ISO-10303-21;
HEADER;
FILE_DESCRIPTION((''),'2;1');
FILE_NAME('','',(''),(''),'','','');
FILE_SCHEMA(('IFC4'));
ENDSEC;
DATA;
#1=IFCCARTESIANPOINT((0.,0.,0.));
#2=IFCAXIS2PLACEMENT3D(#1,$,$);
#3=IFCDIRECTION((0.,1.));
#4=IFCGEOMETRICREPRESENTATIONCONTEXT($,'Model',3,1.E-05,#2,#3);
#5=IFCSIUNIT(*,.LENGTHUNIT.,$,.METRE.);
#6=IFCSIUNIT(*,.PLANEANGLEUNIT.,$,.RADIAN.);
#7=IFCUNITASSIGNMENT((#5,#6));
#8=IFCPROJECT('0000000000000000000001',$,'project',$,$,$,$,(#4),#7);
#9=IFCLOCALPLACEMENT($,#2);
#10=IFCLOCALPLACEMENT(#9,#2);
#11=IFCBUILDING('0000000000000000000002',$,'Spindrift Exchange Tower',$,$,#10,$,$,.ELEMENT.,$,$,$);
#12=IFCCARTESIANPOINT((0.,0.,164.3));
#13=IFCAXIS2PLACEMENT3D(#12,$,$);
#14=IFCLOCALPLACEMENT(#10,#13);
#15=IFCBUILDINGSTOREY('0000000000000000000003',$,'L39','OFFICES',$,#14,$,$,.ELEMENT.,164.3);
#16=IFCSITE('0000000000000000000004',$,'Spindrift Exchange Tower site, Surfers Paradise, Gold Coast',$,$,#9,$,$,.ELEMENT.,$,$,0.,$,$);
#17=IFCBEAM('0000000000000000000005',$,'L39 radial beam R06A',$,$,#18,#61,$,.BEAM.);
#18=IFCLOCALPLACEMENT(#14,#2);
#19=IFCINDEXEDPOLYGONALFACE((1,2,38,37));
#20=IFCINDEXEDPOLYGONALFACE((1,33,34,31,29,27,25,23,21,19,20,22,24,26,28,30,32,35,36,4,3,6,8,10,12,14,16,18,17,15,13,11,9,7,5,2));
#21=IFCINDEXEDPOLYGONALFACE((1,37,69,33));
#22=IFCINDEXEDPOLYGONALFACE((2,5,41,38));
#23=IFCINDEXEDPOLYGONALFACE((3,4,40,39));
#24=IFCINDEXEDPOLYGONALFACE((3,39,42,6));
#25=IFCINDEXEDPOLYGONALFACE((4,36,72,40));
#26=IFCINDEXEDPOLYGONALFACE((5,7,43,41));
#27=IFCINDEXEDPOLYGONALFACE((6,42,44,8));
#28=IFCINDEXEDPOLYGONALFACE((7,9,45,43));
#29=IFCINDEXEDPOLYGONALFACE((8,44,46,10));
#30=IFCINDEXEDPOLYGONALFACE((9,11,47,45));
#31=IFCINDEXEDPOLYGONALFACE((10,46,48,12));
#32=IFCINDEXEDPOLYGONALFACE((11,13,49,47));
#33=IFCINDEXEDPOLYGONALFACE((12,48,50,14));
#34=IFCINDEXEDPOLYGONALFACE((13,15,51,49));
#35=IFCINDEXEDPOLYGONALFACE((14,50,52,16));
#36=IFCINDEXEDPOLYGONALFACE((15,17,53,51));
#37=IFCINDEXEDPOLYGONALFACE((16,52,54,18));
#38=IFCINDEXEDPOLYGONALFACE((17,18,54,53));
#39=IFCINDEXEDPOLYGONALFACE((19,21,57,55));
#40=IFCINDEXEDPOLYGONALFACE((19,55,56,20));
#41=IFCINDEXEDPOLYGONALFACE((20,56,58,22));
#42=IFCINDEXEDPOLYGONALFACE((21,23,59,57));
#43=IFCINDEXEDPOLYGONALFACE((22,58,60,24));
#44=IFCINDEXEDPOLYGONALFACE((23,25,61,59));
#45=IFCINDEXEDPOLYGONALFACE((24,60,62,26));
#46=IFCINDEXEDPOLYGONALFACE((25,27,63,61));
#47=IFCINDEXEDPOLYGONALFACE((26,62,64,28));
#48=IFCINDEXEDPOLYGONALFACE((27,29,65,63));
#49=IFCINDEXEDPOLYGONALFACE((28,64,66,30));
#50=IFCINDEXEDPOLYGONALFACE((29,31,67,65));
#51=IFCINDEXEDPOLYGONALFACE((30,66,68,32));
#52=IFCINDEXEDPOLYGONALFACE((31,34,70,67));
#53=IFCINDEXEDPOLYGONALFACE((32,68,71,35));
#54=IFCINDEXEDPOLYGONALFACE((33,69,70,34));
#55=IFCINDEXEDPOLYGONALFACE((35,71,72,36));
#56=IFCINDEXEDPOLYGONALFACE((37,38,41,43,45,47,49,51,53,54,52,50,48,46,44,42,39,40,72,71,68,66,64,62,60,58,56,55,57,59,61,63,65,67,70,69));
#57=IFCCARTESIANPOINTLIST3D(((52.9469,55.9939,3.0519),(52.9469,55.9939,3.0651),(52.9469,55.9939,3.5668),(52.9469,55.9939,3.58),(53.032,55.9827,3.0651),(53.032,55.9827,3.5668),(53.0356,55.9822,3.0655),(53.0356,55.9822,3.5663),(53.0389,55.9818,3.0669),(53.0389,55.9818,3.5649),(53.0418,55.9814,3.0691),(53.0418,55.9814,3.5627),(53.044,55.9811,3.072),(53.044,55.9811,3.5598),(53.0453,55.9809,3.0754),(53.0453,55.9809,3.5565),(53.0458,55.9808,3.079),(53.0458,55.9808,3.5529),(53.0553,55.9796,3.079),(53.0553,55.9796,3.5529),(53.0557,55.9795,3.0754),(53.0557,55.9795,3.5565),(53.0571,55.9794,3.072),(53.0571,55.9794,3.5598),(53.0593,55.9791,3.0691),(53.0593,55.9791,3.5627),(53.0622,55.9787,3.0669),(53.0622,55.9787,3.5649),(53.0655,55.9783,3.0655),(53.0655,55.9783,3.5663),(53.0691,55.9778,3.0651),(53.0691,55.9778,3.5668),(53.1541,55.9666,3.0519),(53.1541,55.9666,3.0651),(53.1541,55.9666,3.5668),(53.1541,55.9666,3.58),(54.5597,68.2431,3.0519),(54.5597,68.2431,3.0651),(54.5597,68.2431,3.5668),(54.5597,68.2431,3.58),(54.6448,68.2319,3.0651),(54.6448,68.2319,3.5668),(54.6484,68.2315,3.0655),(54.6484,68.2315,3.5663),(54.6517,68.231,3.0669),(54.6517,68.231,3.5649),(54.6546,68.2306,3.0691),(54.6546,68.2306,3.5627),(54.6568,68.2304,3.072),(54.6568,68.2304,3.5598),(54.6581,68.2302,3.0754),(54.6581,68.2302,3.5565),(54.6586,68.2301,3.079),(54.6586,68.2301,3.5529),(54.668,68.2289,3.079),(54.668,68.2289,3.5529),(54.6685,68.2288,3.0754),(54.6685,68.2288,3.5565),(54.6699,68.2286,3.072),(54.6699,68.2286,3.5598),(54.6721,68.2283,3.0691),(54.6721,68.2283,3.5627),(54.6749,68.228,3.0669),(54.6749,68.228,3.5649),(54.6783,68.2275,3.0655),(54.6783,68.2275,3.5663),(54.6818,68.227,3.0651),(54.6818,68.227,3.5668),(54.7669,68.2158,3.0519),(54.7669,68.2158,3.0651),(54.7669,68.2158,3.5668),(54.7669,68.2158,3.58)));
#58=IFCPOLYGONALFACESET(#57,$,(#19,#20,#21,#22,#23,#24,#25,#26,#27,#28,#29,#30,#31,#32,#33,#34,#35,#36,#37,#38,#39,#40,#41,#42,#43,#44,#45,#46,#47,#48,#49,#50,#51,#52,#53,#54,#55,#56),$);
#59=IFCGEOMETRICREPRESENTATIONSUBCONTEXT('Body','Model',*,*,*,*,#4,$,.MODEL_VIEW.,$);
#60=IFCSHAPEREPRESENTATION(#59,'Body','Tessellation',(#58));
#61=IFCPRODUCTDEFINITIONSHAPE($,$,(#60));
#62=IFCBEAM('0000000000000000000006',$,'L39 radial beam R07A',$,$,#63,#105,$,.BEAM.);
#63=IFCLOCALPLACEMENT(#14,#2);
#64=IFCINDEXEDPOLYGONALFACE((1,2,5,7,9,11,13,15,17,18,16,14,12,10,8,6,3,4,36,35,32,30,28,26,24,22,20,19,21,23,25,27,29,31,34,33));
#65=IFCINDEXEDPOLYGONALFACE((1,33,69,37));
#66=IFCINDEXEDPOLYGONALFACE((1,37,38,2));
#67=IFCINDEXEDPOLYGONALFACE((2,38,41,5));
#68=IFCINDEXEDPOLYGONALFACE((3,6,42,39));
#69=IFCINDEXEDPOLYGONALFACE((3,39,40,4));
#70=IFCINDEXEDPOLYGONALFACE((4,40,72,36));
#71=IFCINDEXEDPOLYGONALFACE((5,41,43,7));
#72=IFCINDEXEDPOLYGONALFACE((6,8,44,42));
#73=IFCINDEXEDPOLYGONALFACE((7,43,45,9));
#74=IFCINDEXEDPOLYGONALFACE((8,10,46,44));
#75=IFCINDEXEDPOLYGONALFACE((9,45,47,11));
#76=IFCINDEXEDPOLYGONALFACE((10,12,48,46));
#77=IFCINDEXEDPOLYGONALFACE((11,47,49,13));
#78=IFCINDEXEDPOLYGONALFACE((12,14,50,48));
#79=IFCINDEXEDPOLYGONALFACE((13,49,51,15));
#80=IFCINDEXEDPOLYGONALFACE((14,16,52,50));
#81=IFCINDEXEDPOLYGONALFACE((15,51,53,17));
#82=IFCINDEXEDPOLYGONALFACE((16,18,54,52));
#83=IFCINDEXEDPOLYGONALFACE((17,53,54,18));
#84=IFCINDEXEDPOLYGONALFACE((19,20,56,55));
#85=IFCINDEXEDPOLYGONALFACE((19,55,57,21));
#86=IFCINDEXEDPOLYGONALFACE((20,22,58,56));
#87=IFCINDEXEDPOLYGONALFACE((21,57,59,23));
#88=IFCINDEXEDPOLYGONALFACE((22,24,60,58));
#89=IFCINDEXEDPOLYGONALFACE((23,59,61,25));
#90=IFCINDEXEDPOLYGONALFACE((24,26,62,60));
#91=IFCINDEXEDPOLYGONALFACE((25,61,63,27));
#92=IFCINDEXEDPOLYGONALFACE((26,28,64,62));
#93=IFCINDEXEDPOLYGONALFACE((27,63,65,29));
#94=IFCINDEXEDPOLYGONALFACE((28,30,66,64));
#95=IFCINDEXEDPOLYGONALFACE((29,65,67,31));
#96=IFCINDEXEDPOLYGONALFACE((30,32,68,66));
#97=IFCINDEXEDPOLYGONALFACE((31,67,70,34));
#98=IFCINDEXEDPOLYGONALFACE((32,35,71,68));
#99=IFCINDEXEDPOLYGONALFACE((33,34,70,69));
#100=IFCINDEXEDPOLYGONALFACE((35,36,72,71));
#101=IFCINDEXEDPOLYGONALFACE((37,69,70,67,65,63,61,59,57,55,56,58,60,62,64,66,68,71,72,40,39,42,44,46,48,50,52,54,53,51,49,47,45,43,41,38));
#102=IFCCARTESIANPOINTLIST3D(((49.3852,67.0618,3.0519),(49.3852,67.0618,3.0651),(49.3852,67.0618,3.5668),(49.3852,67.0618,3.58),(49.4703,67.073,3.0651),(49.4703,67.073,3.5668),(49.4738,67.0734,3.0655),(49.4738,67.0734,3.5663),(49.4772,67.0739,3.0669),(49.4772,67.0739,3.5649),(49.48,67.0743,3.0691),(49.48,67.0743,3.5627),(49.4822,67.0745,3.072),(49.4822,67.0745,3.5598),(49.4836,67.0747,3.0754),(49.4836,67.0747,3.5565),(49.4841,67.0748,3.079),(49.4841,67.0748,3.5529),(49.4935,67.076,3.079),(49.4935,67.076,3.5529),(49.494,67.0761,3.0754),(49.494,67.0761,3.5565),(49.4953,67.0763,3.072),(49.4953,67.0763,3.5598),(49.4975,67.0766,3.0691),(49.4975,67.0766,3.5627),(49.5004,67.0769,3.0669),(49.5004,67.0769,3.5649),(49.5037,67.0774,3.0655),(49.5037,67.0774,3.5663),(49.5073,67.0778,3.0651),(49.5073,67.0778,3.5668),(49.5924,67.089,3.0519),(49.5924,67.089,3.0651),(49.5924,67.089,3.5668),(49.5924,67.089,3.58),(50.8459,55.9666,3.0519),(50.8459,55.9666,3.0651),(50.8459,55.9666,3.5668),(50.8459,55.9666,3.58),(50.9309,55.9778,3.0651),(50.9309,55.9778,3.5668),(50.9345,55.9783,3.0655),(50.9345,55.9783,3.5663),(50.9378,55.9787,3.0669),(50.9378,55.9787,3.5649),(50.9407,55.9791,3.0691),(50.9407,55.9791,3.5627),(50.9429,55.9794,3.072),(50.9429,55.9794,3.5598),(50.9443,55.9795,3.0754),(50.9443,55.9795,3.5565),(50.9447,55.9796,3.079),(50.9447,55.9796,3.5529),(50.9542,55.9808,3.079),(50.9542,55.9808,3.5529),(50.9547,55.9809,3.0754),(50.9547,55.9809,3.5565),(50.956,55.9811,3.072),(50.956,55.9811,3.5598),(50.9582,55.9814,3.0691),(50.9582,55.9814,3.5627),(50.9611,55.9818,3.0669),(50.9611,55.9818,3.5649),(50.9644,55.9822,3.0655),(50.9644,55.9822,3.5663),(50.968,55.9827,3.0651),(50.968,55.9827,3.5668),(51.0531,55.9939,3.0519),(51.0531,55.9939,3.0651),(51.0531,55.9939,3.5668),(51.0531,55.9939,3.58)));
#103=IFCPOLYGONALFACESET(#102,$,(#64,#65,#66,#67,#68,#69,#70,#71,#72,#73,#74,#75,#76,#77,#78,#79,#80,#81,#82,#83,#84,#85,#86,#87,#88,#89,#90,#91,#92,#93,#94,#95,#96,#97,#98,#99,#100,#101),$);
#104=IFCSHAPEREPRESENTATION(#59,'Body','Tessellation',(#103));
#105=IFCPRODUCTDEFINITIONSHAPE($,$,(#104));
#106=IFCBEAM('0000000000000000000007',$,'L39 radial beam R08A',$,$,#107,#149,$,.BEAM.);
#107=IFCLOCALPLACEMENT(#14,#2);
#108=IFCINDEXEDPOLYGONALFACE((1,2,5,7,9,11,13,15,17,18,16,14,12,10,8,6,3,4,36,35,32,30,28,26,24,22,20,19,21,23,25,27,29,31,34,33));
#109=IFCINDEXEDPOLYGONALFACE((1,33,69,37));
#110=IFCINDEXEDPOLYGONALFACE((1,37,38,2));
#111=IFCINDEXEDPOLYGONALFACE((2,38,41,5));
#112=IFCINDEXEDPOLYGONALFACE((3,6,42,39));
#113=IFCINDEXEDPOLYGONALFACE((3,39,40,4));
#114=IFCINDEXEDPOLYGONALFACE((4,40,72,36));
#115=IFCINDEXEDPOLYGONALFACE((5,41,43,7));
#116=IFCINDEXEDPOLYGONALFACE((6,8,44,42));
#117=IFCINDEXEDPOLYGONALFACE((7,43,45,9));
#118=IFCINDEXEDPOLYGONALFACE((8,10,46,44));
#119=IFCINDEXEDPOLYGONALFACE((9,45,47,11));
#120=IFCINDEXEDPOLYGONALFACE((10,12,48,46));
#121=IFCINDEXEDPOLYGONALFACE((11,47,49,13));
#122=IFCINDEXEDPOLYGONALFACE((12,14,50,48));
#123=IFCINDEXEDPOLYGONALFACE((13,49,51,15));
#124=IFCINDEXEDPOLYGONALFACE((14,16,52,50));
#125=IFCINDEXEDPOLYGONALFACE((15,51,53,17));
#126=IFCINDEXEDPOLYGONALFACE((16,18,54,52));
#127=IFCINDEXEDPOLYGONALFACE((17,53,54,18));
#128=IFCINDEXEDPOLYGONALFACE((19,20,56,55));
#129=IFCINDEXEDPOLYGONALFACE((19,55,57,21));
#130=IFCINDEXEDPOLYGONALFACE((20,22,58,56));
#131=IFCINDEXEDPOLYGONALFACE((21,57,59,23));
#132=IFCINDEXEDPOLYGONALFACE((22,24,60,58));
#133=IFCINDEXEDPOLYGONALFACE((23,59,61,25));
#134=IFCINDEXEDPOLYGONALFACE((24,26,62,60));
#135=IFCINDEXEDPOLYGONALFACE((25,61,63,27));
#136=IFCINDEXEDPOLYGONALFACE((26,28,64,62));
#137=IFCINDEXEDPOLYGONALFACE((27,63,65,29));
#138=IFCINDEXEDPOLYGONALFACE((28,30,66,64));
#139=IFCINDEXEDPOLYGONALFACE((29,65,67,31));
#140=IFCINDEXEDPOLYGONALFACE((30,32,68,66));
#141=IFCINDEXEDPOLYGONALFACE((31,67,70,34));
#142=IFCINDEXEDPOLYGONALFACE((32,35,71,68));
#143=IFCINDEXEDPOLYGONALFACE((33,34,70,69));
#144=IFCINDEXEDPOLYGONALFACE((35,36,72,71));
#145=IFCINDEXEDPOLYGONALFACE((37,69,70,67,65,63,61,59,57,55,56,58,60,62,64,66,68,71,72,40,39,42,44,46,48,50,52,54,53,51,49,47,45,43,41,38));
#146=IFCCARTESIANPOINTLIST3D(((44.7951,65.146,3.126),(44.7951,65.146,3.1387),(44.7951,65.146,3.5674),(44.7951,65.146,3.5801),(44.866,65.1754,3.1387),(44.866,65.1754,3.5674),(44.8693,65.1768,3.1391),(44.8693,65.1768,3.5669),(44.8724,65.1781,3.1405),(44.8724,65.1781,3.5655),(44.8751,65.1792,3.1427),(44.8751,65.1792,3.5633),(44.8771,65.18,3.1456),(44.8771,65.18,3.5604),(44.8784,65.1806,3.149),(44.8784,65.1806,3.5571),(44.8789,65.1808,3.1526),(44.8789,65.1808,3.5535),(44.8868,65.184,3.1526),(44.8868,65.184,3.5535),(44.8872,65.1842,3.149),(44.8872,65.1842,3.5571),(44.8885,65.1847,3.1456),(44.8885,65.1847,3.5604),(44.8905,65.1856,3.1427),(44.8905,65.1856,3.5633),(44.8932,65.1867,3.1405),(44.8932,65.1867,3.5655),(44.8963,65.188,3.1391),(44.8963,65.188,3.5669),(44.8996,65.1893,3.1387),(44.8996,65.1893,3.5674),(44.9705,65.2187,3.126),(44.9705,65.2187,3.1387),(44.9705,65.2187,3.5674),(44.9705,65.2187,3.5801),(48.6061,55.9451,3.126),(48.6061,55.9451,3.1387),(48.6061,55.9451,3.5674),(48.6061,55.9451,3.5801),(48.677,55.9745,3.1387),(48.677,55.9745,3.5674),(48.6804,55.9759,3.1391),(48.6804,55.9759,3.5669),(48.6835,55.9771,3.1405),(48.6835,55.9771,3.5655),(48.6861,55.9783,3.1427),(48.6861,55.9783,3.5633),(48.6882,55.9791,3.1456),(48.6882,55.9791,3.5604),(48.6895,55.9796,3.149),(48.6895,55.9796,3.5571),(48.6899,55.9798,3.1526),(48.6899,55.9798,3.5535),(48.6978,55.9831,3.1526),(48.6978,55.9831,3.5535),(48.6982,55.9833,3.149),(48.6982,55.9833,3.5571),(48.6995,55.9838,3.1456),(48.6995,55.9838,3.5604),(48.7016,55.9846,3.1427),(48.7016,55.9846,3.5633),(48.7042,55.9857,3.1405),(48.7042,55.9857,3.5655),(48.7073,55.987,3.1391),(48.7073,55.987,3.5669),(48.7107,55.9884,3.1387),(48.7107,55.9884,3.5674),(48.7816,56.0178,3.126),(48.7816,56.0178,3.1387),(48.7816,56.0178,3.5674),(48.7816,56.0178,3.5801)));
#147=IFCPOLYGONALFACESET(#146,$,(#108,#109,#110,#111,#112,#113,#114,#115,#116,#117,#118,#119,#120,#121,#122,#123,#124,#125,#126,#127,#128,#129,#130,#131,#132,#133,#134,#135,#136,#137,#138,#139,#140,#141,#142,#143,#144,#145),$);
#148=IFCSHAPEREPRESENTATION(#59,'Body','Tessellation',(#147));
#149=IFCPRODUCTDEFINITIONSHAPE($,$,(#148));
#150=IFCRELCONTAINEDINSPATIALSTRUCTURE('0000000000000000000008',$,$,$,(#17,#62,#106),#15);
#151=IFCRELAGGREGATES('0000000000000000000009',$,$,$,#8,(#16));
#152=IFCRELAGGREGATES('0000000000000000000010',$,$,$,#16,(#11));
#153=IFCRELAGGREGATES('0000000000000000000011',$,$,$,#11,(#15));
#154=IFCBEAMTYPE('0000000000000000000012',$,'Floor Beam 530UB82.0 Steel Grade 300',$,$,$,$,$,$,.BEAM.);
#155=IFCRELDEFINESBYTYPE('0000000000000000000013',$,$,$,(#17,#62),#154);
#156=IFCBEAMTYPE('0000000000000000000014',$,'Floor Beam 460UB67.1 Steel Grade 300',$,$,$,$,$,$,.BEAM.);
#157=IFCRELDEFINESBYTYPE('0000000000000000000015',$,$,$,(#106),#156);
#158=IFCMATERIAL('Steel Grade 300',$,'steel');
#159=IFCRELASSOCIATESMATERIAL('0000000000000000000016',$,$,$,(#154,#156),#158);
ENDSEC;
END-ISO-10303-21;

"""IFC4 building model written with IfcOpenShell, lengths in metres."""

from ifc_helpers import new_model, si_unit, direction, frame, origin, origin_2d, place, context, subcontext, project, spatial, i_section, extrude, source, transform, mapped, material, material_profile, profile_set, type_object, element, save


model = new_model("IFC4")

# Units and contexts
model_context = context("Model", 3, precision=1e-05, world=origin(), true_north=direction((0.0, 1.0)))
body_context = subcontext(model_context, "Body", "Model", "MODEL_VIEW")
ifc_project = project(units=[si_unit("LENGTHUNIT", "METRE"), si_unit("PLANEANGLEUNIT", "RADIAN")], contexts=[model_context])

# Site, building, storey
site_placement = place(None, origin())
site = spatial("IfcSite", under=ifc_project, at=site_placement, Name="Spindrift Exchange Tower site, Surfers Paradise, Gold Coast", CompositionType="ELEMENT", RefElevation=0.0)
building_placement = place(site_placement, origin())
building = spatial("IfcBuilding", under=site, at=building_placement, Name="Spindrift Exchange Tower", CompositionType="ELEMENT")
storey_placement = place(building_placement, frame((0.0, 0.0, 164.3)))
storey = spatial("IfcBuildingStorey", under=building, at=storey_placement, Name="L39", Description="OFFICES", CompositionType="ELEMENT", Elevation=164.3)

# Beams
ifc_material_1 = material(Name="Steel Grade 300", Category="steel")
ifc_material_profile_1 = material_profile(ifc_material_1, i_section(OverallWidth=0.209, OverallDepth=0.5281, WebThickness=0.0095, FlangeThickness=0.0132, FilletRadius=0.0139, at=origin_2d()), Name="530UB82.0")
ifc_profile_set_1 = profile_set([ifc_material_profile_1], Name="Steel Grade 300")
beam_type_1 = type_object("IfcBeamType", Name="Floor Beam 530UB82.0 Steel Grade 300", PredefinedType="BEAM", material=ifc_profile_set_1)
shared_shape_1 = source(origin(), body_context, "Body", "SweptSolid", [
    extrude(i_section(OverallWidth=0.209, OverallDepth=0.5281, WebThickness=0.0095, FlangeThickness=0.0132, FilletRadius=0.0139, at=origin_2d()), origin(), (0.0, 0.0, 1.0), 12.355),
])
beam_1_placement = place(storey_placement, frame((53.0505, 55.9802, 3.3159), z_axis=(0.130538, 0.991443, 0.0), x_axis=(-0.991443, 0.130538, 0.0)))
element("IfcBeam", 1, at=beam_1_placement, inside=storey, type_object=beam_type_1, Name="L39 radial beam R06A", PredefinedType="BEAM", context=body_context, shape_type="MappedRepresentation", body=[
    mapped(shared_shape_1, transform((0.0, 0.0, 0.0), scale=1.0)),
])
shared_shape_2 = source(origin(), body_context, "Body", "SweptSolid", [
    extrude(i_section(OverallWidth=0.209, OverallDepth=0.5281, WebThickness=0.0095, FlangeThickness=0.0132, FilletRadius=0.0139, at=origin_2d()), origin(), (0.0, 0.0, 1.0), 11.1909),
])
beam_2_placement = place(storey_placement, frame((50.9495, 55.9802, 3.3159), z_axis=(-0.130524, 0.991445, 0.0), x_axis=(-0.991445, -0.130524, 0.0)))
element("IfcBeam", 2, at=beam_2_placement, inside=storey, type_object=beam_type_1, Name="L39 radial beam R07A", PredefinedType="BEAM", context=body_context, shape_type="MappedRepresentation", body=[
    mapped(shared_shape_2, transform((0.0, 0.0, 0.0), scale=1.0)),
])
ifc_material_profile_2 = material_profile(ifc_material_1, i_section(OverallWidth=0.1899, OverallDepth=0.4541, WebThickness=0.0085, FlangeThickness=0.0127, FilletRadius=0.0139, at=origin_2d()), Name="460UB67.1")
ifc_profile_set_2 = profile_set([ifc_material_profile_2], Name="Steel Grade 300")
beam_type_2 = type_object("IfcBeamType", Name="Floor Beam 460UB67.1 Steel Grade 300", PredefinedType="BEAM", material=ifc_profile_set_2)
shared_shape_3 = source(origin(), body_context, "Body", "SweptSolid", [
    extrude(i_section(OverallWidth=0.1899, OverallDepth=0.4541, WebThickness=0.0085, FlangeThickness=0.0127, FilletRadius=0.0139, at=origin_2d()), origin(), (0.0, 0.0, 1.0), 9.959),
])
beam_3_placement = place(storey_placement, frame((48.6938, 55.9814, 3.353), z_axis=(-0.382674, 0.923884, 0.0), x_axis=(-0.923884, -0.382674, 0.0)))
element("IfcBeam", 3, at=beam_3_placement, inside=storey, type_object=beam_type_2, Name="L39 radial beam R08A", PredefinedType="BEAM", context=body_context, shape_type="MappedRepresentation", body=[
    mapped(shared_shape_3, transform((0.0, 0.0, 0.0), scale=1.0)),
])

save(model, "model.ifc")
